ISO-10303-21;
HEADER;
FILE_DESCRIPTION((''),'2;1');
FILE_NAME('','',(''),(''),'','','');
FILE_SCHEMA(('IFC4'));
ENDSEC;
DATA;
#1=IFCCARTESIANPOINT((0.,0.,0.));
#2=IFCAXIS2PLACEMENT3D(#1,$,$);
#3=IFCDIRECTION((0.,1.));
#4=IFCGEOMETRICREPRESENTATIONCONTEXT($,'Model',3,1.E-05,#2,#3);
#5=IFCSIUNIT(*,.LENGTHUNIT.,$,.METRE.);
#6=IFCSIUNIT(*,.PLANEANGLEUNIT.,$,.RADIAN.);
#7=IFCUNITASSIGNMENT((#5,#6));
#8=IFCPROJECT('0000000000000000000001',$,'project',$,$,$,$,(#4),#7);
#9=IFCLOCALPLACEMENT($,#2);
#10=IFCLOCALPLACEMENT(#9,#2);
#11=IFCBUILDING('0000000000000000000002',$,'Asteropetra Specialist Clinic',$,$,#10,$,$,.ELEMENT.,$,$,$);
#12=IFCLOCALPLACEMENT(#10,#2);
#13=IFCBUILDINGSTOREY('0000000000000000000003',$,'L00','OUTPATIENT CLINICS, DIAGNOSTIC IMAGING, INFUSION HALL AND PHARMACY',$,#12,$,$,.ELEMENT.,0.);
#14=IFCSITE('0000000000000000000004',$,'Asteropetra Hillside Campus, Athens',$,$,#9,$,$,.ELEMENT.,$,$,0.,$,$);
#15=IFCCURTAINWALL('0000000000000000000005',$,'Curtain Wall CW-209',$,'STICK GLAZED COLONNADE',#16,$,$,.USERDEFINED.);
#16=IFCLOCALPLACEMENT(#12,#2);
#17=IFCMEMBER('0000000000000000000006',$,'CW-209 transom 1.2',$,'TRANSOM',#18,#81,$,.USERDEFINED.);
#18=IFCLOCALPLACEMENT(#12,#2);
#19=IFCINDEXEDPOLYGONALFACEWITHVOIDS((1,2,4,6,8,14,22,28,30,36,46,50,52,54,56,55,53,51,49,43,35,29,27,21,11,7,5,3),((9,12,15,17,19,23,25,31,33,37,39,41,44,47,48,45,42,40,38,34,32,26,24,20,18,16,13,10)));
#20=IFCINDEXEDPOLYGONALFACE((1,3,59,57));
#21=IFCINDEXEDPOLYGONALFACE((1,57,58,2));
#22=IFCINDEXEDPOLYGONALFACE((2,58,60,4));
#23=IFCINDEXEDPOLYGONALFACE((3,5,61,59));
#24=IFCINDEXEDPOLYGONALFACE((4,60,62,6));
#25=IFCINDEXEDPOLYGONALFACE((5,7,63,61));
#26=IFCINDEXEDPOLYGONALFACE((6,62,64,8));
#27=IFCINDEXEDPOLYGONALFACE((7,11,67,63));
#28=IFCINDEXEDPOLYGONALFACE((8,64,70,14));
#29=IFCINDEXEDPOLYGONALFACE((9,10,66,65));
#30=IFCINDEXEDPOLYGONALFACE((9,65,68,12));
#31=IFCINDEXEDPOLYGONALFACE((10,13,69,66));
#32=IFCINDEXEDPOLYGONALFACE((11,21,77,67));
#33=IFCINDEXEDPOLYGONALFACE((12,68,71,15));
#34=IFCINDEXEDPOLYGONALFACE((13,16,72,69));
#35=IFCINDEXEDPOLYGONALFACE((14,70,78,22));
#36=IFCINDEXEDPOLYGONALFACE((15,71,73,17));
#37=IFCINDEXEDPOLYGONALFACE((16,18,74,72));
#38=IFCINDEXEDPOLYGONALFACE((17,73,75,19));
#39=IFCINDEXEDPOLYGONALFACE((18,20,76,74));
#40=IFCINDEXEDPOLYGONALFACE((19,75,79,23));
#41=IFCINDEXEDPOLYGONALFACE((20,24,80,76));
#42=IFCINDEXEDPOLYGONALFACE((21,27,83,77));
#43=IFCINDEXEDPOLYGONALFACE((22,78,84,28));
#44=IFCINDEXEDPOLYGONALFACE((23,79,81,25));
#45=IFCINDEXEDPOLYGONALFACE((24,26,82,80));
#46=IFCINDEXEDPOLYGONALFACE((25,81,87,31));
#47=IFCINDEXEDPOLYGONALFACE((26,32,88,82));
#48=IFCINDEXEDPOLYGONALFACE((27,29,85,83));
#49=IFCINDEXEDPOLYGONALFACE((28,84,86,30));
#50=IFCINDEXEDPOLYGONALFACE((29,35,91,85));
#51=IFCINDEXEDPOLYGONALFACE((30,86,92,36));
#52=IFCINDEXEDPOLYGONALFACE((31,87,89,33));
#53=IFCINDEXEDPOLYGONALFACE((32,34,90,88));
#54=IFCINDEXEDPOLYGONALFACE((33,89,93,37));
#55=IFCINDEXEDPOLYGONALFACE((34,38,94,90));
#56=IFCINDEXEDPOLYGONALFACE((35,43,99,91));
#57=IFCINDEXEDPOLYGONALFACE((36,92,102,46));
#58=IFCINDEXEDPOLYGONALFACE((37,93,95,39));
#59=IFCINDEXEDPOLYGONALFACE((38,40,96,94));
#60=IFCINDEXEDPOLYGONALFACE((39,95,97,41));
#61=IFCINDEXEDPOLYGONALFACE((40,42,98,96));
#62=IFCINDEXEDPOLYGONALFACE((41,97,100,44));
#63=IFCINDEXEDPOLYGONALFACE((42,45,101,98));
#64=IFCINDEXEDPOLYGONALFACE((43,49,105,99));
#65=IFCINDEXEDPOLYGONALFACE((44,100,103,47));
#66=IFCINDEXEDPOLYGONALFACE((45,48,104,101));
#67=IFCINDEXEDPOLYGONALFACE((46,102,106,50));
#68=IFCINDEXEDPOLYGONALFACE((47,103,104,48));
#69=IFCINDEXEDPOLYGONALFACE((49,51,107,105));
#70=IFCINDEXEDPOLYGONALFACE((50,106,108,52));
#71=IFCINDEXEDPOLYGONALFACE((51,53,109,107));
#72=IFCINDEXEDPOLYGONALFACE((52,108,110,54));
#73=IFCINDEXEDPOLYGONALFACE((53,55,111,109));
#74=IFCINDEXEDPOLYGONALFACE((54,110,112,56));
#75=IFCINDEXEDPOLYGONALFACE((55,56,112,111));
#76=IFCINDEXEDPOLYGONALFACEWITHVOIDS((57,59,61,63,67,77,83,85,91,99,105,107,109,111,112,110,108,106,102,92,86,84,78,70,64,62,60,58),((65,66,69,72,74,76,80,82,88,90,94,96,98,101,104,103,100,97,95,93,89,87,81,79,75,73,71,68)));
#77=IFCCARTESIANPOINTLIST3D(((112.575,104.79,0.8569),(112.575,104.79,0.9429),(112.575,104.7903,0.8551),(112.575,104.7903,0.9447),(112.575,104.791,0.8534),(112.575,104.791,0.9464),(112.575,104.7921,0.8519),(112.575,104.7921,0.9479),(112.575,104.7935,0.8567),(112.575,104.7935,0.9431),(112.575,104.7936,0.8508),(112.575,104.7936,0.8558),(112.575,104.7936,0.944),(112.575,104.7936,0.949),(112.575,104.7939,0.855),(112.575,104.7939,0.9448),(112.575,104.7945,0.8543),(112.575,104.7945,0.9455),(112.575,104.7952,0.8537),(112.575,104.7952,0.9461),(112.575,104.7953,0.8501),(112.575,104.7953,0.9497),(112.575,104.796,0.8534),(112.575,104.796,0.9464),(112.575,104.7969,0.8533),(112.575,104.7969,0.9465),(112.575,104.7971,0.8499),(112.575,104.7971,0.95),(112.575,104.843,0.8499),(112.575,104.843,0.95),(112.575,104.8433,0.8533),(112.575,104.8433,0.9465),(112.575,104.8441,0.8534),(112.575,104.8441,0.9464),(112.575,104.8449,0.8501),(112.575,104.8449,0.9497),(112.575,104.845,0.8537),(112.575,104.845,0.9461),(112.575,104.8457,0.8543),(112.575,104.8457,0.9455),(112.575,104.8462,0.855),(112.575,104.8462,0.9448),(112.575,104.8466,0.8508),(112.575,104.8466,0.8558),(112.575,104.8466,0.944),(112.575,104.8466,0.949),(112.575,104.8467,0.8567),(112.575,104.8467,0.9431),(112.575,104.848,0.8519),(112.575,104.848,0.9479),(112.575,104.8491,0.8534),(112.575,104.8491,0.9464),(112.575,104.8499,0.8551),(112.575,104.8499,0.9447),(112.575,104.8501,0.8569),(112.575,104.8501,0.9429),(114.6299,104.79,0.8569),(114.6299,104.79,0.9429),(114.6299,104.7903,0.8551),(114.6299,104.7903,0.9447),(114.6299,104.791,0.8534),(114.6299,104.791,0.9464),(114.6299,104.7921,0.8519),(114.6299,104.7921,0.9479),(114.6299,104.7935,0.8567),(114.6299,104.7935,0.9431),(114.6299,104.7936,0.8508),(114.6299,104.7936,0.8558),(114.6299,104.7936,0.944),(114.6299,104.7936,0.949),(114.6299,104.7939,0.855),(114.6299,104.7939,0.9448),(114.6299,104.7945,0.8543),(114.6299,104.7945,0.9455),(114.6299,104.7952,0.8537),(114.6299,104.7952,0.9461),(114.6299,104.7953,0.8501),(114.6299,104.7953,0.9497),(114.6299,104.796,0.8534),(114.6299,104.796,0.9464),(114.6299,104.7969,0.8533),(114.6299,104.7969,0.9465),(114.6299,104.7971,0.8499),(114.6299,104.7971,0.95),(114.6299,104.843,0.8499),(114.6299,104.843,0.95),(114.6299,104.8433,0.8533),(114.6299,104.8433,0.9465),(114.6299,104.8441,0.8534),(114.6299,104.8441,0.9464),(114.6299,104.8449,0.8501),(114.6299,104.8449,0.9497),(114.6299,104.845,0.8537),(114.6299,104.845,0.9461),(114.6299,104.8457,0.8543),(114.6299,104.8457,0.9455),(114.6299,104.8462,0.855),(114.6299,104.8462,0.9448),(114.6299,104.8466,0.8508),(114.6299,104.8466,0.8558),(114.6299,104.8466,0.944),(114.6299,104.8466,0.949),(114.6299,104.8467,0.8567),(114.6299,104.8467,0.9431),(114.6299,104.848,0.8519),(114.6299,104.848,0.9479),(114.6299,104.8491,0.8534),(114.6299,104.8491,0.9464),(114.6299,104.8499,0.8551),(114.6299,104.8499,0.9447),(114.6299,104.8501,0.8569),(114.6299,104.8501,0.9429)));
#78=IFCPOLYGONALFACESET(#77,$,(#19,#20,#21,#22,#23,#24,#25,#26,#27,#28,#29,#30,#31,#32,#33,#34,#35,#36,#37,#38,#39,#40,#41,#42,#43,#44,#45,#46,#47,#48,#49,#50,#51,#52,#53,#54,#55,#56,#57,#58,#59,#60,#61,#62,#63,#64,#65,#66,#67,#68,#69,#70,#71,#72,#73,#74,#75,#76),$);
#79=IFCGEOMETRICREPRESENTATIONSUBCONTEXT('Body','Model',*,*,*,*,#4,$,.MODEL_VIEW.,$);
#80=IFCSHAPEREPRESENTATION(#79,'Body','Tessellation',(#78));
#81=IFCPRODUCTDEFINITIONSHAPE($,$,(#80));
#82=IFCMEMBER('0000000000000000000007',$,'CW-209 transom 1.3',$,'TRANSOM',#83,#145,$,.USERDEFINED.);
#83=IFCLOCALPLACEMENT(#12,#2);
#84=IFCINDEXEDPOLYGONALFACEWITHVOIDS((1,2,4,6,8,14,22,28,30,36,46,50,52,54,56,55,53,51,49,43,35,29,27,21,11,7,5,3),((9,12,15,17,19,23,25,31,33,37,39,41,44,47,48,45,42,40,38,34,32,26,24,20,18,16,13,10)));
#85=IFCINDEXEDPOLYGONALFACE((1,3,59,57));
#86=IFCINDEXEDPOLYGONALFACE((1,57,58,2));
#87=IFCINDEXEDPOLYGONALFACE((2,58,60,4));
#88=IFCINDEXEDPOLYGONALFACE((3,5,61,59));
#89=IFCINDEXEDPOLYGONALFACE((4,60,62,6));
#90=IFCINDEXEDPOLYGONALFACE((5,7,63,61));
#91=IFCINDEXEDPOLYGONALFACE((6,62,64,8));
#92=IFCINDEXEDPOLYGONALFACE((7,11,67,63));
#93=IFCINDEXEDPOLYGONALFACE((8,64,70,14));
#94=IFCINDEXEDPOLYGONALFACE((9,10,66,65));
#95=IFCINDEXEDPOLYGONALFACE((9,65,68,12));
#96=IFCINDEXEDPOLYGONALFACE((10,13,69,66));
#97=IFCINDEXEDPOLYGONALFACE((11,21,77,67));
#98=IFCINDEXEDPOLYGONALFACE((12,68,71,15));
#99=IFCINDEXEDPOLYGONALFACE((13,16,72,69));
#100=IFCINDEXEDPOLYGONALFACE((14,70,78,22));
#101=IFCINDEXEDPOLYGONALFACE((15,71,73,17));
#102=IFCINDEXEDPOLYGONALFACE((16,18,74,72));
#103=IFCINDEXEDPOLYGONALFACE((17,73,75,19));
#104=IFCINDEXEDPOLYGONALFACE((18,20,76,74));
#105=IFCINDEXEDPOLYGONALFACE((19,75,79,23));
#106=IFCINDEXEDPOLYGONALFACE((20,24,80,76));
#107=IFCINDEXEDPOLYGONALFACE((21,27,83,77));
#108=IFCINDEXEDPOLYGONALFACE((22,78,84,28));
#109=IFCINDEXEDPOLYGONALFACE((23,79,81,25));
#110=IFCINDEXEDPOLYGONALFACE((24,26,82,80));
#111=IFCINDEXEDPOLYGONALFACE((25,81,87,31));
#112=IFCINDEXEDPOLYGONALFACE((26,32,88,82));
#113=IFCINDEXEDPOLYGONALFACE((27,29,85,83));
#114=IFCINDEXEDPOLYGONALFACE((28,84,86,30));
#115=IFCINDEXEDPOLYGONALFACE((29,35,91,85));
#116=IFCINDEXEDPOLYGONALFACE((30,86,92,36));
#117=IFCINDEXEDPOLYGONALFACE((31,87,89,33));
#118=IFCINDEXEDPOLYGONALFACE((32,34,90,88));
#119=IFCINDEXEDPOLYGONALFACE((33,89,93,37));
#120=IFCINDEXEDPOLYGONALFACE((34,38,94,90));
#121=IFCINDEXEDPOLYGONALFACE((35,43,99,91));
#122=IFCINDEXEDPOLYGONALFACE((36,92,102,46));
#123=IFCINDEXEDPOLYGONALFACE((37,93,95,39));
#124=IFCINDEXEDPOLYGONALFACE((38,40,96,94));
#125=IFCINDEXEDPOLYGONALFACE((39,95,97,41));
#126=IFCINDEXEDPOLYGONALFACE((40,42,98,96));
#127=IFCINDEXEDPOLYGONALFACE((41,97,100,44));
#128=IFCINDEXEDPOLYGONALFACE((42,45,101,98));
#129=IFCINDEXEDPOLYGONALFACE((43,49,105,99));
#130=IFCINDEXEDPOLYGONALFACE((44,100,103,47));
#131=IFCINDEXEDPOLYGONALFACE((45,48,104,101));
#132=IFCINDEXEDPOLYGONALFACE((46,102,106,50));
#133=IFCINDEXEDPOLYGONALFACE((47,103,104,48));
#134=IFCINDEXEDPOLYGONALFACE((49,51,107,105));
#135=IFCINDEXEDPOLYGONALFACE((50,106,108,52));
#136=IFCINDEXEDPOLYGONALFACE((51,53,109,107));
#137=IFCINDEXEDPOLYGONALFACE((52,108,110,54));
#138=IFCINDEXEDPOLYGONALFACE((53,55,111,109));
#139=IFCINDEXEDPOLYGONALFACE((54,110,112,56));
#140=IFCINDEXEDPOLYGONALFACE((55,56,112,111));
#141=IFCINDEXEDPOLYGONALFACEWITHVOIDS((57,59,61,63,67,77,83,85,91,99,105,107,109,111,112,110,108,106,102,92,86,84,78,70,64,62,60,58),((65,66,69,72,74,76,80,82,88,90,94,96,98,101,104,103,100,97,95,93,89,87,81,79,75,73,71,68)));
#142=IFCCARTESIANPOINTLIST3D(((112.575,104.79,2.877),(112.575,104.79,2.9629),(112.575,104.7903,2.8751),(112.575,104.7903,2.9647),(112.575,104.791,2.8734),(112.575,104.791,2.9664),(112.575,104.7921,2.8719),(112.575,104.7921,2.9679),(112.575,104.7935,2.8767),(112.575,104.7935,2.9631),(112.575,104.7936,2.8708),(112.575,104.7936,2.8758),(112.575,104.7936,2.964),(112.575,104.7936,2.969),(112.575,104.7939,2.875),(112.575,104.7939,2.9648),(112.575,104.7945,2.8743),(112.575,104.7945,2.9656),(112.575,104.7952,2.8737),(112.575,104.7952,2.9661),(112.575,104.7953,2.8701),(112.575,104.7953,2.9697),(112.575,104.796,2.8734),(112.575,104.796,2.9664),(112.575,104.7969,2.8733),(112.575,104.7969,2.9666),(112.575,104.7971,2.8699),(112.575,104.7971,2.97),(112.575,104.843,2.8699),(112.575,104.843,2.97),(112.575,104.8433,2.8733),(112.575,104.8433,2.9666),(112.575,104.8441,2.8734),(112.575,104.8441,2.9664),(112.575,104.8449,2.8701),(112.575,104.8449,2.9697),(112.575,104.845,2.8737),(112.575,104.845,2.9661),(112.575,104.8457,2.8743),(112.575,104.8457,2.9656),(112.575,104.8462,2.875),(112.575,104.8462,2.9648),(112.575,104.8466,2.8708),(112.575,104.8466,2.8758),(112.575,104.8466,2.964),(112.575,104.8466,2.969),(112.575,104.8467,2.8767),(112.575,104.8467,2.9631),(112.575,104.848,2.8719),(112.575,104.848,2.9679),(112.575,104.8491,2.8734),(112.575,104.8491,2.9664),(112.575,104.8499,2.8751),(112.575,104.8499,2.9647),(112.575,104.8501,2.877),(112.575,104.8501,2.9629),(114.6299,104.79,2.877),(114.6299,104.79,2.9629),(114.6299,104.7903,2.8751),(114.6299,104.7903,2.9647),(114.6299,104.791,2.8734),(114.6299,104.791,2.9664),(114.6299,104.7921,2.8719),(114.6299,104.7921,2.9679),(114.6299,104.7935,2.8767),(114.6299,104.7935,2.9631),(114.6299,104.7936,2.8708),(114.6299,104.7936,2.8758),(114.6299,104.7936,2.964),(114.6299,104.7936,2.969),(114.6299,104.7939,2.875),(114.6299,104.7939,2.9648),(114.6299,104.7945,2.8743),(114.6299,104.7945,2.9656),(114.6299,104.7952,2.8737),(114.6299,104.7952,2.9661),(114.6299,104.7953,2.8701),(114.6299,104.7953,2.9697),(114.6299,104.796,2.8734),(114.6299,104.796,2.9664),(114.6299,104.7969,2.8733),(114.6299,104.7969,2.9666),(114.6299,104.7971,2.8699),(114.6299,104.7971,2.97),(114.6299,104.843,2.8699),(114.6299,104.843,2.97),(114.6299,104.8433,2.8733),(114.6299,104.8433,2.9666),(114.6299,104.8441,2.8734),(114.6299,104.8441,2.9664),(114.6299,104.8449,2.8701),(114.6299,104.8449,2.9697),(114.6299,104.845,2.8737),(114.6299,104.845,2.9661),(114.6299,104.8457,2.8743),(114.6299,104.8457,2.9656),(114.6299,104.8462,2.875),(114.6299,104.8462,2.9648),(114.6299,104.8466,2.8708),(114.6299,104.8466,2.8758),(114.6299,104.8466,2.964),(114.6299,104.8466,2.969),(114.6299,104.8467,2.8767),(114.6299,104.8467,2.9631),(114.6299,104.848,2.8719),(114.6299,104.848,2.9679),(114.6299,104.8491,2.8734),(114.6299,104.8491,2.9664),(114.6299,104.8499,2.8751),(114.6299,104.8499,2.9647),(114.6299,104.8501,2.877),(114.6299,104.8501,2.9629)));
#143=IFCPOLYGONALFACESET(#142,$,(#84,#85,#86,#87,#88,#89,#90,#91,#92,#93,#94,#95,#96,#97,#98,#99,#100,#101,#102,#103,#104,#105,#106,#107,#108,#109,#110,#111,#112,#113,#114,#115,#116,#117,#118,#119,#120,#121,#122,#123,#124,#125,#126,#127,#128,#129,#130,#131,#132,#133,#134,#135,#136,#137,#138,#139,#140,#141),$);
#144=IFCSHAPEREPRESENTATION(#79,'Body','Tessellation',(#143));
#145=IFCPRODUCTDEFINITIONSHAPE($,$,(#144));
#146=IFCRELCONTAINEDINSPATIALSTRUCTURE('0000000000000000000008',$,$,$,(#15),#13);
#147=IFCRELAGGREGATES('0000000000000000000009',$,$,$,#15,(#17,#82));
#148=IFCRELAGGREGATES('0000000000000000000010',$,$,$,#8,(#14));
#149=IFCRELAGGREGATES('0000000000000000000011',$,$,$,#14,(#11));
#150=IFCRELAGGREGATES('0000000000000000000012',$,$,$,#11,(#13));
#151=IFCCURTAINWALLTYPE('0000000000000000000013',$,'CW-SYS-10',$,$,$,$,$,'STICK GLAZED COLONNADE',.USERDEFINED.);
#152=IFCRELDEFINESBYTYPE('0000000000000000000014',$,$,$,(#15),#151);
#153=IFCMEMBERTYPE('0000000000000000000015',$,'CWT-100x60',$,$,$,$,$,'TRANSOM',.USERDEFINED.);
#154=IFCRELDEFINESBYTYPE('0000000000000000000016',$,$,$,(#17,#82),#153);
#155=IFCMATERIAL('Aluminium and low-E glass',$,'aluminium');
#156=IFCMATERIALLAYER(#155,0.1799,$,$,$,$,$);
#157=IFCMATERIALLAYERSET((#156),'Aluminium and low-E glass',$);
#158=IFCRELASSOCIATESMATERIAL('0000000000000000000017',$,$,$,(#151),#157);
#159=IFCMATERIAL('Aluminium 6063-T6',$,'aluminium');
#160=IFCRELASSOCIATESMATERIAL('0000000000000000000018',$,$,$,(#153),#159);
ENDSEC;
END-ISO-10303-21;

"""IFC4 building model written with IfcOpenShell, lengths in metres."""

from ifc_helpers import new_model, si_unit, direction, frame, origin, origin_2d, place, context, subcontext, project, spatial, hollow_rectangle, extrude, material, layer, layer_set, material_profile, profile_set, type_object, element, aggregate, save


model = new_model("IFC4")

# Units and contexts
model_context = context("Model", 3, precision=1e-05, world=origin(), true_north=direction((0.0, 1.0)))
body_context = subcontext(model_context, "Body", "Model", "MODEL_VIEW")
ifc_project = project(units=[si_unit("LENGTHUNIT", "METRE"), si_unit("PLANEANGLEUNIT", "RADIAN")], contexts=[model_context])

# Site, building, storey
site_placement = place(None, origin())
site = spatial("IfcSite", under=ifc_project, at=site_placement, Name="Asteropetra Hillside Campus, Athens", CompositionType="ELEMENT", RefElevation=0.0)
building_placement = place(site_placement, origin())
building = spatial("IfcBuilding", under=site, at=building_placement, Name="Asteropetra Specialist Clinic", CompositionType="ELEMENT")
storey_placement = place(building_placement, origin())
storey = spatial("IfcBuildingStorey", under=building, at=storey_placement, Name="L00", Description="OUTPATIENT CLINICS, DIAGNOSTIC IMAGING, INFUSION HALL AND PHARMACY", CompositionType="ELEMENT", Elevation=0.0)

# Curtain wall, members
ifc_material_1 = material(Name="Aluminium and low-E glass", Category="aluminium")
ifc_layer_1 = layer(ifc_material_1, 0.1799)
ifc_layer_set_1 = layer_set([ifc_layer_1], Name="Aluminium and low-E glass")
curtain_wall_type = type_object("IfcCurtainWallType", Name="CW-SYS-10", ElementType="STICK GLAZED COLONNADE", PredefinedType="USERDEFINED", material=ifc_layer_set_1)
curtain_wall_placement = place(storey_placement, origin())
curtain_wall = element("IfcCurtainWall", 1, at=curtain_wall_placement, inside=storey, type_object=curtain_wall_type, Name="Curtain Wall CW-209", ObjectType="STICK GLAZED COLONNADE", PredefinedType="USERDEFINED")
ifc_material_2 = material(Name="Aluminium 6063-T6", Category="aluminium")
ifc_material_profile_1 = material_profile(ifc_material_2, hollow_rectangle(XDim=0.0601, YDim=0.1001, WallThickness=0.0034, InnerFilletRadius=0.0034, OuterFilletRadius=0.0071, at=origin_2d()), Name="TRN 100x60x3.5")
ifc_profile_set_1 = profile_set([ifc_material_profile_1], Name="Aluminium 6063-T6")
member_type_1 = type_object("IfcMemberType", Name="CWT-100x60", ElementType="TRANSOM", PredefinedType="USERDEFINED", material=ifc_profile_set_1)
member_1_placement = place(storey_placement, frame((114.6299, 104.8201, 0.8999), z_axis=(-1.0, 0.0, 0.0), x_axis=(0.0, -1.0, 0.0)))
member_1 = element("IfcMember", 2, at=member_1_placement, type_object=member_type_1, Name="CW-209 transom 1.2", ObjectType="TRANSOM", PredefinedType="USERDEFINED", context=body_context, shape_type="SweptSolid", body=[
    extrude(hollow_rectangle(XDim=0.0601, YDim=0.1001, WallThickness=0.0034, InnerFilletRadius=0.0034, OuterFilletRadius=0.0071, at=origin_2d()), origin(), (0.0, 0.0, 1.0), 2.0549),
])
member_2_placement = place(storey_placement, frame((114.6299, 104.8201, 2.9199), z_axis=(-1.0, 0.0, 0.0), x_axis=(0.0, -1.0, 0.0)))
member_2 = element("IfcMember", 3, at=member_2_placement, type_object=member_type_1, Name="CW-209 transom 1.3", ObjectType="TRANSOM", PredefinedType="USERDEFINED", context=body_context, shape_type="SweptSolid", body=[
    extrude(hollow_rectangle(XDim=0.0601, YDim=0.1001, WallThickness=0.0034, InnerFilletRadius=0.0034, OuterFilletRadius=0.0071, at=origin_2d()), origin(), (0.0, 0.0, 1.0), 2.0549),
])
aggregate(curtain_wall, [member_1, member_2])

save(model, "model.ifc")
